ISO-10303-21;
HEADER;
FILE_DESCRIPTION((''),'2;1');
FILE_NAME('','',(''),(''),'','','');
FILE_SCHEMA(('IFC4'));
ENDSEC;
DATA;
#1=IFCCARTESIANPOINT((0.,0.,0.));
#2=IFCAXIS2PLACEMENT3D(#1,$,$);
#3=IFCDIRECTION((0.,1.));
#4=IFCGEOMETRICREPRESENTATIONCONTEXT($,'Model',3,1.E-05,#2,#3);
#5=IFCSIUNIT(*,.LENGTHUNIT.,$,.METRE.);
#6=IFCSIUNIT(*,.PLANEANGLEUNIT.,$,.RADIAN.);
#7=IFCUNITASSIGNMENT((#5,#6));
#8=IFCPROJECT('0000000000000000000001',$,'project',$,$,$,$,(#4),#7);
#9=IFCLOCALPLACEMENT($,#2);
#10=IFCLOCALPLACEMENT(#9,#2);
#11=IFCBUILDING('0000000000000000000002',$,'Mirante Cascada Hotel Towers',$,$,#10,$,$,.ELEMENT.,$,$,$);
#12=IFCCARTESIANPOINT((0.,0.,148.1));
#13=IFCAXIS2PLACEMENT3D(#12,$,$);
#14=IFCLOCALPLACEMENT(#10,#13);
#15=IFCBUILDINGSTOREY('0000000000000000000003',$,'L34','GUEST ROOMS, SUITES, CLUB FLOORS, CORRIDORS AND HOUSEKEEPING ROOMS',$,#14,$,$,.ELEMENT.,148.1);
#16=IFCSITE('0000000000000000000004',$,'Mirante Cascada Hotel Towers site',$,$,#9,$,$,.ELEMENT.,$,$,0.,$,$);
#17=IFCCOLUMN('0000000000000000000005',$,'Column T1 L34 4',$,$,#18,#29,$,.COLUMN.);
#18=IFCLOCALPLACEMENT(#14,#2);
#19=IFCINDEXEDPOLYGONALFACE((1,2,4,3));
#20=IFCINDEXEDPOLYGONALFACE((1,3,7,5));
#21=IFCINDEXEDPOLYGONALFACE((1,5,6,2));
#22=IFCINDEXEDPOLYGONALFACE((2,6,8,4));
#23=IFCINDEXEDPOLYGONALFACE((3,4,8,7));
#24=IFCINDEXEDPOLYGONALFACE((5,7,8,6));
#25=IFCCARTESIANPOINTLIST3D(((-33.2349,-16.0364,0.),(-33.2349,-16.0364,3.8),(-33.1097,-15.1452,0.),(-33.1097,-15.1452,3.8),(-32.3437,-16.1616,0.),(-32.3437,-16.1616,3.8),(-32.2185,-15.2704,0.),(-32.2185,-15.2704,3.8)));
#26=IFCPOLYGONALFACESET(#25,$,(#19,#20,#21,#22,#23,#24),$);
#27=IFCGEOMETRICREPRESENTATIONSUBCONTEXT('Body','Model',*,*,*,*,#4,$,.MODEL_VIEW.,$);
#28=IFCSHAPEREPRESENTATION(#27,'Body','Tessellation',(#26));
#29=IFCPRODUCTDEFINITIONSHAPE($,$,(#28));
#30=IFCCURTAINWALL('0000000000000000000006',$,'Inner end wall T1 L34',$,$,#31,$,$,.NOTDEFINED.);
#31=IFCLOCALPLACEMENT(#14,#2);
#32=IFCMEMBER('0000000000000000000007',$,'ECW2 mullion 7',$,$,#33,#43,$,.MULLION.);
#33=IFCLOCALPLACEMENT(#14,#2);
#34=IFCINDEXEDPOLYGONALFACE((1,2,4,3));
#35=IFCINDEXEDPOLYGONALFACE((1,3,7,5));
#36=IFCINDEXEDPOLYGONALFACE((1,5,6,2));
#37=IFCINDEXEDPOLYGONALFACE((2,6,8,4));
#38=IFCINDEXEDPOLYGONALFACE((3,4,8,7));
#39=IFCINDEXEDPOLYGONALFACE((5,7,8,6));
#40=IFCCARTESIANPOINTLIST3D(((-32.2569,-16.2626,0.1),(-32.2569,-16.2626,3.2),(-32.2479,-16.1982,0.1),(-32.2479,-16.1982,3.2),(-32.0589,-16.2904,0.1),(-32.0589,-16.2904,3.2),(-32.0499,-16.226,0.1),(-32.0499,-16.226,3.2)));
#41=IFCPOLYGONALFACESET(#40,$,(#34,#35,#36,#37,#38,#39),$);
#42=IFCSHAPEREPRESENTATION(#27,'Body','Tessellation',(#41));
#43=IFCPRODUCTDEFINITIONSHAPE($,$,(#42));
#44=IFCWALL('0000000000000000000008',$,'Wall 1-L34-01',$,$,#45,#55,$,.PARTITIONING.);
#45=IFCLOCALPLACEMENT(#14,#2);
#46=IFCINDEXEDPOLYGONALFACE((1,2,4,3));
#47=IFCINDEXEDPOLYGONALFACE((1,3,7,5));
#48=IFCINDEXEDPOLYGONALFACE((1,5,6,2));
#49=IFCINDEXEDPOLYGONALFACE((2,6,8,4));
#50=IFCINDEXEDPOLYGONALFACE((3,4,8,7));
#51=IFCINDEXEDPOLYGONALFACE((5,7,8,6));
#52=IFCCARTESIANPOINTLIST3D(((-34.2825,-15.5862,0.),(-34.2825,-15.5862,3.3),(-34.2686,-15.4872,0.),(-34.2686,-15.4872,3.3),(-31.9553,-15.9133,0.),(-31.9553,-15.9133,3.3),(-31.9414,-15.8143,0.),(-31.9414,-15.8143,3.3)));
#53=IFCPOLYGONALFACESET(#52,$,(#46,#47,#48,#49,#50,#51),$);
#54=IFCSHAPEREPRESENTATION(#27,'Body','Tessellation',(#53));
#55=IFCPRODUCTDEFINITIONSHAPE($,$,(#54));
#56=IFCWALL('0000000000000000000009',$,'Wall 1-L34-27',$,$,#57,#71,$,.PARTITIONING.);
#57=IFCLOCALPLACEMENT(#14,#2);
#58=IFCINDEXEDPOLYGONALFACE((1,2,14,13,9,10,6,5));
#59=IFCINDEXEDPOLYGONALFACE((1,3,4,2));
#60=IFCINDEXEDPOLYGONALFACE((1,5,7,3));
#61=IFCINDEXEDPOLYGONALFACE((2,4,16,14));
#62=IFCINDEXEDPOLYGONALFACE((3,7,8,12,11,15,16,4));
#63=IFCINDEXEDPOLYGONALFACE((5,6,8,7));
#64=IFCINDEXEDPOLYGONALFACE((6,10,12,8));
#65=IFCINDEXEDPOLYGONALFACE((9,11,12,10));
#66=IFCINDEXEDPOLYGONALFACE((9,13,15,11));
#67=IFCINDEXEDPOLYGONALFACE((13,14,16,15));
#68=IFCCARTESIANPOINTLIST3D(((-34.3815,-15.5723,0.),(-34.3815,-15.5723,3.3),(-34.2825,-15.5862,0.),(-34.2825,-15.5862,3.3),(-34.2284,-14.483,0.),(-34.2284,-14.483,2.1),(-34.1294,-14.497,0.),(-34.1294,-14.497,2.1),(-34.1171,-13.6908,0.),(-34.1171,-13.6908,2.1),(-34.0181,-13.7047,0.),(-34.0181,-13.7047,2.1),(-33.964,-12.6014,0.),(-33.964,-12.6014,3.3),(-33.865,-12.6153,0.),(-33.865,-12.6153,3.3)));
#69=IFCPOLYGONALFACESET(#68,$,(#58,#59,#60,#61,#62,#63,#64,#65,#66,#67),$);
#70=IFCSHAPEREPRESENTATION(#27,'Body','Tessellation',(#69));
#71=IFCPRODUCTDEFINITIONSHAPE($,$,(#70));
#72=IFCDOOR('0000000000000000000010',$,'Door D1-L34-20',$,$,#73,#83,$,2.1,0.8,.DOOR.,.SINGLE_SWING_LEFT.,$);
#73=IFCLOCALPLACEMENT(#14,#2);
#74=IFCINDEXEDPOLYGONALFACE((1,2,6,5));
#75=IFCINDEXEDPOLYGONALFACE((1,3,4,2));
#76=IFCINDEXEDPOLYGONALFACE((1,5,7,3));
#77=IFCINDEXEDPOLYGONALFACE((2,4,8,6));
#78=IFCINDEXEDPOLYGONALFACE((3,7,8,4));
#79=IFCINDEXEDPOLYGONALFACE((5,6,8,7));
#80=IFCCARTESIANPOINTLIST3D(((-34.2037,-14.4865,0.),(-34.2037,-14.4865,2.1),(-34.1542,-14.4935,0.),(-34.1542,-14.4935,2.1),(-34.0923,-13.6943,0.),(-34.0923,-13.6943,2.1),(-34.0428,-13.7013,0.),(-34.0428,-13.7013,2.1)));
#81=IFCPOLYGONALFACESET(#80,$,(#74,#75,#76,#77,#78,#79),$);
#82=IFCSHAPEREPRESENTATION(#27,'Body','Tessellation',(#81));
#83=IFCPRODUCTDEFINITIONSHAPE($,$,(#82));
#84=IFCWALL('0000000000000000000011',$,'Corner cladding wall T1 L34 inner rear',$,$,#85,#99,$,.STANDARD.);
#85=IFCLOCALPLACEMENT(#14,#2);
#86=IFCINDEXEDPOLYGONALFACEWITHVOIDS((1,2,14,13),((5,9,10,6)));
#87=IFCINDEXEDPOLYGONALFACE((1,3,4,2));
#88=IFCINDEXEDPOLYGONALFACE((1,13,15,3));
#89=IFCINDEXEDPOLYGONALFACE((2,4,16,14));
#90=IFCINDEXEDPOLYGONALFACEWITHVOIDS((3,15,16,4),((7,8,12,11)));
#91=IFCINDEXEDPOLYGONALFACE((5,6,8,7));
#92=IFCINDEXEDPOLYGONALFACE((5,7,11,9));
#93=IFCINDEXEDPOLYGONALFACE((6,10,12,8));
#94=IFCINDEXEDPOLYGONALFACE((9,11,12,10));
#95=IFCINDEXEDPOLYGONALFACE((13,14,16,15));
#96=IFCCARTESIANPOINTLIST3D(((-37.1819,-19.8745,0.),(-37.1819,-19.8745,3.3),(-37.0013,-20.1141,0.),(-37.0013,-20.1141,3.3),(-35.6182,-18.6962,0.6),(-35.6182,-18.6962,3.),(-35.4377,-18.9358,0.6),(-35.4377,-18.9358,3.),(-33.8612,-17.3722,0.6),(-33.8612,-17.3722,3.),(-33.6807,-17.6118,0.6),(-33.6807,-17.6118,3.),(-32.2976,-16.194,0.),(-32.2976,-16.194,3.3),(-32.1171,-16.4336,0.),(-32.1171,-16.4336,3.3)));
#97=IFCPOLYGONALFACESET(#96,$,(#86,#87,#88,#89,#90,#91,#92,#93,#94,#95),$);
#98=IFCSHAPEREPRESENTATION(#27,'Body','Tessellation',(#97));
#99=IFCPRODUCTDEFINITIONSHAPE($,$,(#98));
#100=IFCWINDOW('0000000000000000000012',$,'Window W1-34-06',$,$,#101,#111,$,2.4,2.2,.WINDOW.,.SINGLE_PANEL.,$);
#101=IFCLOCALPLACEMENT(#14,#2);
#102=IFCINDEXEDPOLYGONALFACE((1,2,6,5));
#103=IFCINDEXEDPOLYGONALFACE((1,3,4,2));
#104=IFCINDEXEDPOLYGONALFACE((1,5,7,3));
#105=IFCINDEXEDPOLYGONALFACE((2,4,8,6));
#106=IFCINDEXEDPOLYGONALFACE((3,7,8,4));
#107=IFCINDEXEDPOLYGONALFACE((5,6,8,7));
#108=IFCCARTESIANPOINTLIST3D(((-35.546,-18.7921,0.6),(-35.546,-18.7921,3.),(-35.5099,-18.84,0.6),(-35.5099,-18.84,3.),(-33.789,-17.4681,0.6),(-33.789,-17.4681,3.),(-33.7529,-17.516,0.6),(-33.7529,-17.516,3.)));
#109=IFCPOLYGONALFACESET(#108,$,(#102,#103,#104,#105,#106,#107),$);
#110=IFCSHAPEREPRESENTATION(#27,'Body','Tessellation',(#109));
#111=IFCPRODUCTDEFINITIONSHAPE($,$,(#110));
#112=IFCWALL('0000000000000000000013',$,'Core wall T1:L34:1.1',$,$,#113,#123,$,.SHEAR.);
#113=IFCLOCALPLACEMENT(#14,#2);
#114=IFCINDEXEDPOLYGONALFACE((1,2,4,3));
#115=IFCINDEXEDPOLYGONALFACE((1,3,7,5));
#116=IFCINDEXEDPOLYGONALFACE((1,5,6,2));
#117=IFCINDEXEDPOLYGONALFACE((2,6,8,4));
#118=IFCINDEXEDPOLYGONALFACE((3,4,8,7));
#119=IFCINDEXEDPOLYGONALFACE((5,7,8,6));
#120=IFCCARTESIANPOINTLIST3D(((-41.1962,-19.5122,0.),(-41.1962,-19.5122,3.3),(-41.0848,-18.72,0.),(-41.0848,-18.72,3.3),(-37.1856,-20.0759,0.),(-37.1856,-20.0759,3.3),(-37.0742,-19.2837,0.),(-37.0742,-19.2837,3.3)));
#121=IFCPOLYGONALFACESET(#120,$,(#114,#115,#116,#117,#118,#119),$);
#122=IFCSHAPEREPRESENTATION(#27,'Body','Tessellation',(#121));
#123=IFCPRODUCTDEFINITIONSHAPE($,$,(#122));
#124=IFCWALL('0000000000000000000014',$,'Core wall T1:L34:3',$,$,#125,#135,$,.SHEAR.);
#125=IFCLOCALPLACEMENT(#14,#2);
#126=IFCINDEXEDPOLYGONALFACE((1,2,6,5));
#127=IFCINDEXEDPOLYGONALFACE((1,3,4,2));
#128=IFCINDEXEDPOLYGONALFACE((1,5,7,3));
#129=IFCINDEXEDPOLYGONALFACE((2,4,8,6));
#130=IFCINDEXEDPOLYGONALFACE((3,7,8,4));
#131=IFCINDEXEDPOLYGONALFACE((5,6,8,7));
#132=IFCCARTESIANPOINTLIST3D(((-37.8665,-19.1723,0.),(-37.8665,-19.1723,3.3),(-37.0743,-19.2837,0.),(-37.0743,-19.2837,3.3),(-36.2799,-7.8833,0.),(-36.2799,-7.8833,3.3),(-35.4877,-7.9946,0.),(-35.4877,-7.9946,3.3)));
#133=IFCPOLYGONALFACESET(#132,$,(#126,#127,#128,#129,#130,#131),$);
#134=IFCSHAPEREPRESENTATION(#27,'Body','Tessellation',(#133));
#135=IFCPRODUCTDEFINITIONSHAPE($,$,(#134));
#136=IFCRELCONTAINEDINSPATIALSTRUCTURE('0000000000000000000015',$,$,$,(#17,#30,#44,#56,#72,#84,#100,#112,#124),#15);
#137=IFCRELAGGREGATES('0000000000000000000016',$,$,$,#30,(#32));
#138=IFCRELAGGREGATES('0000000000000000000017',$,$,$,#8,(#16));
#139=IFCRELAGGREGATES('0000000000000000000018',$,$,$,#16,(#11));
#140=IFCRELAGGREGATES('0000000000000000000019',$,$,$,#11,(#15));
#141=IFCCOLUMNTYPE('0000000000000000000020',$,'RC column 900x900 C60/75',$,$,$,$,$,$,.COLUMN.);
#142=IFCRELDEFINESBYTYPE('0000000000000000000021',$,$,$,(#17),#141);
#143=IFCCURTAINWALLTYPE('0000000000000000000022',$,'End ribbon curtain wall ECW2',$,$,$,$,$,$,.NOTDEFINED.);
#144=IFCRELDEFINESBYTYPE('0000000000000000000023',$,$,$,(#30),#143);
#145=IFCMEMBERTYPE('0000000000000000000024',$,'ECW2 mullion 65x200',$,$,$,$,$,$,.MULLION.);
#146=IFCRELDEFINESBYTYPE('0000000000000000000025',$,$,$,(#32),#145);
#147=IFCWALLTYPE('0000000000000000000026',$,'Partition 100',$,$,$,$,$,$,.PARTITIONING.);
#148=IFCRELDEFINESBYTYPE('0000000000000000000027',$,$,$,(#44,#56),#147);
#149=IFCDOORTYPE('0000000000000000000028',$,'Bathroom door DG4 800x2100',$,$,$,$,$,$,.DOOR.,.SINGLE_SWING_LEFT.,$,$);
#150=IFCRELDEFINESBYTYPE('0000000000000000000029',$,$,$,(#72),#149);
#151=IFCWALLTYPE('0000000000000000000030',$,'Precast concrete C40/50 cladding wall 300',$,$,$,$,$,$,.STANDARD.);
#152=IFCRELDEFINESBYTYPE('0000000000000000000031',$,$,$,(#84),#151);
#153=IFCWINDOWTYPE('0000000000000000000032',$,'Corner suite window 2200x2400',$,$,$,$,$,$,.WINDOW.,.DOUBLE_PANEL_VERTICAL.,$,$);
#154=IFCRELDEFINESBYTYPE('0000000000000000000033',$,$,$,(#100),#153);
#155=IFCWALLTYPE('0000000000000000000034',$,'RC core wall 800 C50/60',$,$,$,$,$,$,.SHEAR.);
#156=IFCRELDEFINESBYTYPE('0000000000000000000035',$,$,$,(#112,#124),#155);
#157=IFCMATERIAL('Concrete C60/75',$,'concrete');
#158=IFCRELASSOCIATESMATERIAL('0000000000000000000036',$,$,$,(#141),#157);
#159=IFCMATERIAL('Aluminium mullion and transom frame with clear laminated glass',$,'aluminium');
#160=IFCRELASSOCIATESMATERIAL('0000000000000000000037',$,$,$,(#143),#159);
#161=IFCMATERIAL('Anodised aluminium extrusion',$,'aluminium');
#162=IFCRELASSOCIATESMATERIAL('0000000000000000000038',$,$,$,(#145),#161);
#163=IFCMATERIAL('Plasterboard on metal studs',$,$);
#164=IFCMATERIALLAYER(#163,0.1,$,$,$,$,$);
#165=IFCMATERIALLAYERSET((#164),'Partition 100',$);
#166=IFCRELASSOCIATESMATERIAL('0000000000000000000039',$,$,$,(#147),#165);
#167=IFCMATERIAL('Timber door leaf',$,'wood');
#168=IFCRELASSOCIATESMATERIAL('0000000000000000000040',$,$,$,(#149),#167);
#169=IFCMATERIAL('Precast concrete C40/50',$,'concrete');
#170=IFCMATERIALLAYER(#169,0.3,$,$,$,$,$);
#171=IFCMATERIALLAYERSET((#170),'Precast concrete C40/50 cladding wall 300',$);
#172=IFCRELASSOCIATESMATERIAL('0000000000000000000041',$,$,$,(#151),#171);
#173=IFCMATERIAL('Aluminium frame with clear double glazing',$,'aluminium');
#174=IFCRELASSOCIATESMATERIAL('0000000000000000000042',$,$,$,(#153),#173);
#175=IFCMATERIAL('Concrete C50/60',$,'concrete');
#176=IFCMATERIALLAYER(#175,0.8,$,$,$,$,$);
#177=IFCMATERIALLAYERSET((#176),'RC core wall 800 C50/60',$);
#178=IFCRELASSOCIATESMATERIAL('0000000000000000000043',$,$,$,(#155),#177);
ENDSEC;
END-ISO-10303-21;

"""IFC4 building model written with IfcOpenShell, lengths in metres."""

from ifc_helpers import new_model, si_unit, direction, frame, frame_2d, origin, origin_2d, place, context, subcontext, project, spatial, rectangle, extrude, material, layer, layer_set, material_profile, profile_set, type_object, element, fill, aggregate, save


model = new_model("IFC4")

# Units and contexts
model_context = context("Model", 3, precision=1e-05, world=origin(), true_north=direction((0.0, 1.0)))
body_context = subcontext(model_context, "Body", "Model", "MODEL_VIEW")
ifc_project = project(units=[si_unit("LENGTHUNIT", "METRE"), si_unit("PLANEANGLEUNIT", "RADIAN")], contexts=[model_context])

# Site, building, storey
site_placement = place(None, origin())
site = spatial("IfcSite", under=ifc_project, at=site_placement, Name="Mirante Cascada Hotel Towers site", CompositionType="ELEMENT", RefElevation=0.0)
building_placement = place(site_placement, origin())
building = spatial("IfcBuilding", under=site, at=building_placement, Name="Mirante Cascada Hotel Towers", CompositionType="ELEMENT")
storey_placement = place(building_placement, frame((0.0, 0.0, 148.1)))
storey = spatial("IfcBuildingStorey", under=building, at=storey_placement, Name="L34", Description="GUEST ROOMS, SUITES, CLUB FLOORS, CORRIDORS AND HOUSEKEEPING ROOMS", CompositionType="ELEMENT", Elevation=148.1)

# Column
ifc_material_1 = material(Name="Concrete C60/75", Category="concrete")
ifc_material_profile_1 = material_profile(ifc_material_1, rectangle(XDim=0.9, YDim=0.9, at=origin_2d()), Name="RC column 900x900 C60/75")
ifc_profile_set_1 = profile_set([ifc_material_profile_1], Name="Concrete C60/75")
column_type = type_object("IfcColumnType", Name="RC column 900x900 C60/75", PredefinedType="COLUMN", material=ifc_profile_set_1)
column_placement = place(storey_placement, frame((-32.7267, -15.6534, 0.0), z_axis=(0.0, 0.0, 1.0), x_axis=(-0.990268, 0.139173, 0.0)))
element("IfcColumn", 1, at=column_placement, inside=storey, type_object=column_type, Name="Column T1 L34 4", PredefinedType="COLUMN", context=body_context, shape_type="SweptSolid", body=[
    extrude(rectangle(XDim=0.9, YDim=0.9, at=origin_2d()), origin(), (0.0, 0.0, 1.0), 3.8),
])

# Curtain wall, member
ifc_material_2 = material(Name="Aluminium mullion and transom frame with clear laminated glass", Category="aluminium")
curtain_wall_type = type_object("IfcCurtainWallType", Name="End ribbon curtain wall ECW2", PredefinedType="NOTDEFINED", material=ifc_material_2)
curtain_wall_placement = place(storey_placement, origin())
curtain_wall = element("IfcCurtainWall", 2, at=curtain_wall_placement, inside=storey, type_object=curtain_wall_type, Name="Inner end wall T1 L34", PredefinedType="NOTDEFINED")
ifc_material_3 = material(Name="Anodised aluminium extrusion", Category="aluminium")
ifc_material_profile_2 = material_profile(ifc_material_3, rectangle(XDim=0.2, YDim=0.065, at=origin_2d()), Name="ECW2 MULLION 65x200")
ifc_profile_set_2 = profile_set([ifc_material_profile_2], Name="Anodised aluminium extrusion")
member_type = type_object("IfcMemberType", Name="ECW2 mullion 65x200", PredefinedType="MULLION", material=ifc_profile_set_2)
member_placement = place(storey_placement, frame((-32.1534, -16.2443, 0.1), z_axis=(0.0, 0.0, 1.0), x_axis=(0.990268, -0.139173, 0.0)))
member = element("IfcMember", 3, at=member_placement, type_object=member_type, Name="ECW2 mullion 7", PredefinedType="MULLION", context=body_context, shape_type="SweptSolid", body=[
    extrude(rectangle(XDim=0.2, YDim=0.065, at=origin_2d()), origin(), (0.0, 0.0, 1.0), 3.1),
])
aggregate(curtain_wall, [member])

# Wall
ifc_material_4 = material(Name="Plasterboard on metal studs")
ifc_layer_1 = layer(ifc_material_4, 0.1)
ifc_layer_set_1 = layer_set([ifc_layer_1], Name="Partition 100")
wall_type_1 = type_object("IfcWallType", Name="Partition 100", PredefinedType="PARTITIONING", material=ifc_layer_set_1)
wall_1_placement = place(storey_placement, frame((-31.9484, -15.8638, 0.0), z_axis=(0.0, 0.0, 1.0), x_axis=(-0.990266, 0.139187, 0.0)))
element("IfcWall", 4, at=wall_1_placement, inside=storey, type_object=wall_type_1, Name="Wall 1-L34-01", PredefinedType="PARTITIONING", context=body_context, shape_type="SweptSolid", body=[
    extrude(rectangle(XDim=2.3501, YDim=0.1, at=frame_2d((1.175, 0.0))), origin(), (0.0, 0.0, 1.0), 3.3),
])

# Wall, opening, door
wall_2_placement = place(storey_placement, frame((-34.332, -15.5793, 0.0), z_axis=(0.0, 0.0, 1.0), x_axis=(0.139162, 0.99027, 0.0)))
wall_2 = element("IfcWall", 5, at=wall_2_placement, inside=storey, type_object=wall_type_1, Name="Wall 1-L34-27", PredefinedType="PARTITIONING", context=body_context, shape_type="SweptSolid", body=[
    extrude(rectangle(XDim=3.0001, YDim=0.1, at=frame_2d((1.5001, 0.0))), origin(), (0.0, 0.0, 1.0), 3.3),
])
opening_1_placement = place(wall_2_placement, frame((1.1, 0.0, 0.0)))
opening_1 = element("IfcOpeningElement", 6, at=opening_1_placement, cuts=wall_2, PredefinedType="OPENING", context=body_context, shape_type="SweptSolid", body=[
    extrude(rectangle(XDim=0.8, YDim=2.1, at=frame_2d((0.4, 1.05))), frame((0.0, 0.05, 0.0), z_axis=(0.0, -1.0, 0.0), x_axis=(1.0, 0.0, 0.0)), (0.0, 0.0, 1.0), 0.1),
])
ifc_material_5 = material(Name="Timber door leaf", Category="wood")
door_type = type_object("IfcDoorType", Name="Bathroom door DG4 800x2100", OperationType="SINGLE_SWING_LEFT", PredefinedType="DOOR", material=ifc_material_5)
door_placement = place(opening_1_placement, origin())
door = element("IfcDoor", 7, at=door_placement, inside=storey, type_object=door_type, Name="Door D1-L34-20", OperationType="SINGLE_SWING_LEFT", OverallHeight=2.1, OverallWidth=0.8, PredefinedType="DOOR", context=body_context, shape_type="SweptSolid", body=[
    extrude(rectangle(XDim=0.8, YDim=2.1, at=frame_2d((0.4, 1.05))), frame((0.0, 0.025, 0.0), z_axis=(0.0, -1.0, 0.0), x_axis=(1.0, 0.0, 0.0)), (0.0, 0.0, 1.0), 0.05),
])
fill(opening_1, door)

# Wall, opening, window
ifc_material_6 = material(Name="Precast concrete C40/50", Category="concrete")
ifc_layer_2 = layer(ifc_material_6, 0.3)
ifc_layer_set_2 = layer_set([ifc_layer_2], Name="Precast concrete C40/50 cladding wall 300")
wall_type_2 = type_object("IfcWallType", Name="Precast concrete C40/50 cladding wall 300", PredefinedType="STANDARD", material=ifc_layer_set_2)
wall_3_placement = place(storey_placement, frame((-32.2074, -16.3138, 0.0), z_axis=(0.0, 0.0, 1.0), x_axis=(-0.798636, -0.601814, 0.0)))
wall_3 = element("IfcWall", 8, at=wall_3_placement, inside=storey, type_object=wall_type_2, Name="Corner cladding wall T1 L34 inner rear", PredefinedType="STANDARD", context=body_context, shape_type="SweptSolid", body=[
    extrude(rectangle(XDim=6.1157, YDim=0.3, at=frame_2d((3.0578, 0.0))), origin(), (0.0, 0.0, 1.0), 3.3),
])
opening_2_placement = place(wall_3_placement, frame((1.9578, 0.0, 0.6)))
opening_2 = element("IfcOpeningElement", 9, at=opening_2_placement, cuts=wall_3, PredefinedType="OPENING", context=body_context, shape_type="SweptSolid", body=[
    extrude(rectangle(XDim=2.2, YDim=2.4, at=frame_2d((1.1, 1.2))), frame((0.0, 0.15, 0.0), z_axis=(0.0, -1.0, 0.0), x_axis=(1.0, 0.0, 0.0)), (0.0, 0.0, 1.0), 0.3),
])
ifc_material_7 = material(Name="Aluminium frame with clear double glazing", Category="aluminium")
window_type = type_object("IfcWindowType", Name="Corner suite window 2200x2400", PartitioningType="DOUBLE_PANEL_VERTICAL", PredefinedType="WINDOW", material=ifc_material_7)
window_placement = place(opening_2_placement, origin())
window = element("IfcWindow", 10, at=window_placement, inside=storey, type_object=window_type, Name="Window W1-34-06", OverallHeight=2.4, OverallWidth=2.2, PartitioningType="SINGLE_PANEL", PredefinedType="WINDOW", context=body_context, shape_type="SweptSolid", body=[
    extrude(rectangle(XDim=2.2, YDim=2.4, at=frame_2d((1.1, 1.2))), frame((0.0, 0.03, 0.0), z_axis=(0.0, -1.0, 0.0), x_axis=(1.0, 0.0, 0.0)), (0.0, 0.0, 1.0), 0.06),
])
fill(opening_2, window)

# Walls
ifc_material_8 = material(Name="Concrete C50/60", Category="concrete")
ifc_layer_3 = layer(ifc_material_8, 0.8)
ifc_layer_set_3 = layer_set([ifc_layer_3], Name="RC core wall 800 C50/60")
wall_type_3 = type_object("IfcWallType", Name="RC core wall 800 C50/60", PredefinedType="SHEAR", material=ifc_layer_set_3)
wall_4_placement = place(storey_placement, frame((-37.1299, -19.6798, 0.0), z_axis=(0.0, 0.0, 1.0), x_axis=(-0.990267, 0.139184, 0.0)))
element("IfcWall", 11, at=wall_4_placement, inside=storey, type_object=wall_type_3, Name="Core wall T1:L34:1.1", PredefinedType="SHEAR", context=body_context, shape_type="SweptSolid", body=[
    extrude(rectangle(XDim=4.05, YDim=0.8, at=frame_2d((2.025, 0.0))), origin(), (0.0, 0.0, 1.0), 3.3),
])
wall_5_placement = place(storey_placement, frame((-37.4704, -19.228, 0.0), z_axis=(0.0, 0.0, 1.0), x_axis=(0.139175, 0.990268, 0.0)))
element("IfcWall", 12, at=wall_5_placement, inside=storey, type_object=wall_type_3, Name="Core wall T1:L34:3", PredefinedType="SHEAR", context=body_context, shape_type="SweptSolid", body=[
    extrude(rectangle(XDim=11.4, YDim=0.8, at=frame_2d((5.7, 0.0))), origin(), (0.0, 0.0, 1.0), 3.3),
])

save(model, "model.ifc")
